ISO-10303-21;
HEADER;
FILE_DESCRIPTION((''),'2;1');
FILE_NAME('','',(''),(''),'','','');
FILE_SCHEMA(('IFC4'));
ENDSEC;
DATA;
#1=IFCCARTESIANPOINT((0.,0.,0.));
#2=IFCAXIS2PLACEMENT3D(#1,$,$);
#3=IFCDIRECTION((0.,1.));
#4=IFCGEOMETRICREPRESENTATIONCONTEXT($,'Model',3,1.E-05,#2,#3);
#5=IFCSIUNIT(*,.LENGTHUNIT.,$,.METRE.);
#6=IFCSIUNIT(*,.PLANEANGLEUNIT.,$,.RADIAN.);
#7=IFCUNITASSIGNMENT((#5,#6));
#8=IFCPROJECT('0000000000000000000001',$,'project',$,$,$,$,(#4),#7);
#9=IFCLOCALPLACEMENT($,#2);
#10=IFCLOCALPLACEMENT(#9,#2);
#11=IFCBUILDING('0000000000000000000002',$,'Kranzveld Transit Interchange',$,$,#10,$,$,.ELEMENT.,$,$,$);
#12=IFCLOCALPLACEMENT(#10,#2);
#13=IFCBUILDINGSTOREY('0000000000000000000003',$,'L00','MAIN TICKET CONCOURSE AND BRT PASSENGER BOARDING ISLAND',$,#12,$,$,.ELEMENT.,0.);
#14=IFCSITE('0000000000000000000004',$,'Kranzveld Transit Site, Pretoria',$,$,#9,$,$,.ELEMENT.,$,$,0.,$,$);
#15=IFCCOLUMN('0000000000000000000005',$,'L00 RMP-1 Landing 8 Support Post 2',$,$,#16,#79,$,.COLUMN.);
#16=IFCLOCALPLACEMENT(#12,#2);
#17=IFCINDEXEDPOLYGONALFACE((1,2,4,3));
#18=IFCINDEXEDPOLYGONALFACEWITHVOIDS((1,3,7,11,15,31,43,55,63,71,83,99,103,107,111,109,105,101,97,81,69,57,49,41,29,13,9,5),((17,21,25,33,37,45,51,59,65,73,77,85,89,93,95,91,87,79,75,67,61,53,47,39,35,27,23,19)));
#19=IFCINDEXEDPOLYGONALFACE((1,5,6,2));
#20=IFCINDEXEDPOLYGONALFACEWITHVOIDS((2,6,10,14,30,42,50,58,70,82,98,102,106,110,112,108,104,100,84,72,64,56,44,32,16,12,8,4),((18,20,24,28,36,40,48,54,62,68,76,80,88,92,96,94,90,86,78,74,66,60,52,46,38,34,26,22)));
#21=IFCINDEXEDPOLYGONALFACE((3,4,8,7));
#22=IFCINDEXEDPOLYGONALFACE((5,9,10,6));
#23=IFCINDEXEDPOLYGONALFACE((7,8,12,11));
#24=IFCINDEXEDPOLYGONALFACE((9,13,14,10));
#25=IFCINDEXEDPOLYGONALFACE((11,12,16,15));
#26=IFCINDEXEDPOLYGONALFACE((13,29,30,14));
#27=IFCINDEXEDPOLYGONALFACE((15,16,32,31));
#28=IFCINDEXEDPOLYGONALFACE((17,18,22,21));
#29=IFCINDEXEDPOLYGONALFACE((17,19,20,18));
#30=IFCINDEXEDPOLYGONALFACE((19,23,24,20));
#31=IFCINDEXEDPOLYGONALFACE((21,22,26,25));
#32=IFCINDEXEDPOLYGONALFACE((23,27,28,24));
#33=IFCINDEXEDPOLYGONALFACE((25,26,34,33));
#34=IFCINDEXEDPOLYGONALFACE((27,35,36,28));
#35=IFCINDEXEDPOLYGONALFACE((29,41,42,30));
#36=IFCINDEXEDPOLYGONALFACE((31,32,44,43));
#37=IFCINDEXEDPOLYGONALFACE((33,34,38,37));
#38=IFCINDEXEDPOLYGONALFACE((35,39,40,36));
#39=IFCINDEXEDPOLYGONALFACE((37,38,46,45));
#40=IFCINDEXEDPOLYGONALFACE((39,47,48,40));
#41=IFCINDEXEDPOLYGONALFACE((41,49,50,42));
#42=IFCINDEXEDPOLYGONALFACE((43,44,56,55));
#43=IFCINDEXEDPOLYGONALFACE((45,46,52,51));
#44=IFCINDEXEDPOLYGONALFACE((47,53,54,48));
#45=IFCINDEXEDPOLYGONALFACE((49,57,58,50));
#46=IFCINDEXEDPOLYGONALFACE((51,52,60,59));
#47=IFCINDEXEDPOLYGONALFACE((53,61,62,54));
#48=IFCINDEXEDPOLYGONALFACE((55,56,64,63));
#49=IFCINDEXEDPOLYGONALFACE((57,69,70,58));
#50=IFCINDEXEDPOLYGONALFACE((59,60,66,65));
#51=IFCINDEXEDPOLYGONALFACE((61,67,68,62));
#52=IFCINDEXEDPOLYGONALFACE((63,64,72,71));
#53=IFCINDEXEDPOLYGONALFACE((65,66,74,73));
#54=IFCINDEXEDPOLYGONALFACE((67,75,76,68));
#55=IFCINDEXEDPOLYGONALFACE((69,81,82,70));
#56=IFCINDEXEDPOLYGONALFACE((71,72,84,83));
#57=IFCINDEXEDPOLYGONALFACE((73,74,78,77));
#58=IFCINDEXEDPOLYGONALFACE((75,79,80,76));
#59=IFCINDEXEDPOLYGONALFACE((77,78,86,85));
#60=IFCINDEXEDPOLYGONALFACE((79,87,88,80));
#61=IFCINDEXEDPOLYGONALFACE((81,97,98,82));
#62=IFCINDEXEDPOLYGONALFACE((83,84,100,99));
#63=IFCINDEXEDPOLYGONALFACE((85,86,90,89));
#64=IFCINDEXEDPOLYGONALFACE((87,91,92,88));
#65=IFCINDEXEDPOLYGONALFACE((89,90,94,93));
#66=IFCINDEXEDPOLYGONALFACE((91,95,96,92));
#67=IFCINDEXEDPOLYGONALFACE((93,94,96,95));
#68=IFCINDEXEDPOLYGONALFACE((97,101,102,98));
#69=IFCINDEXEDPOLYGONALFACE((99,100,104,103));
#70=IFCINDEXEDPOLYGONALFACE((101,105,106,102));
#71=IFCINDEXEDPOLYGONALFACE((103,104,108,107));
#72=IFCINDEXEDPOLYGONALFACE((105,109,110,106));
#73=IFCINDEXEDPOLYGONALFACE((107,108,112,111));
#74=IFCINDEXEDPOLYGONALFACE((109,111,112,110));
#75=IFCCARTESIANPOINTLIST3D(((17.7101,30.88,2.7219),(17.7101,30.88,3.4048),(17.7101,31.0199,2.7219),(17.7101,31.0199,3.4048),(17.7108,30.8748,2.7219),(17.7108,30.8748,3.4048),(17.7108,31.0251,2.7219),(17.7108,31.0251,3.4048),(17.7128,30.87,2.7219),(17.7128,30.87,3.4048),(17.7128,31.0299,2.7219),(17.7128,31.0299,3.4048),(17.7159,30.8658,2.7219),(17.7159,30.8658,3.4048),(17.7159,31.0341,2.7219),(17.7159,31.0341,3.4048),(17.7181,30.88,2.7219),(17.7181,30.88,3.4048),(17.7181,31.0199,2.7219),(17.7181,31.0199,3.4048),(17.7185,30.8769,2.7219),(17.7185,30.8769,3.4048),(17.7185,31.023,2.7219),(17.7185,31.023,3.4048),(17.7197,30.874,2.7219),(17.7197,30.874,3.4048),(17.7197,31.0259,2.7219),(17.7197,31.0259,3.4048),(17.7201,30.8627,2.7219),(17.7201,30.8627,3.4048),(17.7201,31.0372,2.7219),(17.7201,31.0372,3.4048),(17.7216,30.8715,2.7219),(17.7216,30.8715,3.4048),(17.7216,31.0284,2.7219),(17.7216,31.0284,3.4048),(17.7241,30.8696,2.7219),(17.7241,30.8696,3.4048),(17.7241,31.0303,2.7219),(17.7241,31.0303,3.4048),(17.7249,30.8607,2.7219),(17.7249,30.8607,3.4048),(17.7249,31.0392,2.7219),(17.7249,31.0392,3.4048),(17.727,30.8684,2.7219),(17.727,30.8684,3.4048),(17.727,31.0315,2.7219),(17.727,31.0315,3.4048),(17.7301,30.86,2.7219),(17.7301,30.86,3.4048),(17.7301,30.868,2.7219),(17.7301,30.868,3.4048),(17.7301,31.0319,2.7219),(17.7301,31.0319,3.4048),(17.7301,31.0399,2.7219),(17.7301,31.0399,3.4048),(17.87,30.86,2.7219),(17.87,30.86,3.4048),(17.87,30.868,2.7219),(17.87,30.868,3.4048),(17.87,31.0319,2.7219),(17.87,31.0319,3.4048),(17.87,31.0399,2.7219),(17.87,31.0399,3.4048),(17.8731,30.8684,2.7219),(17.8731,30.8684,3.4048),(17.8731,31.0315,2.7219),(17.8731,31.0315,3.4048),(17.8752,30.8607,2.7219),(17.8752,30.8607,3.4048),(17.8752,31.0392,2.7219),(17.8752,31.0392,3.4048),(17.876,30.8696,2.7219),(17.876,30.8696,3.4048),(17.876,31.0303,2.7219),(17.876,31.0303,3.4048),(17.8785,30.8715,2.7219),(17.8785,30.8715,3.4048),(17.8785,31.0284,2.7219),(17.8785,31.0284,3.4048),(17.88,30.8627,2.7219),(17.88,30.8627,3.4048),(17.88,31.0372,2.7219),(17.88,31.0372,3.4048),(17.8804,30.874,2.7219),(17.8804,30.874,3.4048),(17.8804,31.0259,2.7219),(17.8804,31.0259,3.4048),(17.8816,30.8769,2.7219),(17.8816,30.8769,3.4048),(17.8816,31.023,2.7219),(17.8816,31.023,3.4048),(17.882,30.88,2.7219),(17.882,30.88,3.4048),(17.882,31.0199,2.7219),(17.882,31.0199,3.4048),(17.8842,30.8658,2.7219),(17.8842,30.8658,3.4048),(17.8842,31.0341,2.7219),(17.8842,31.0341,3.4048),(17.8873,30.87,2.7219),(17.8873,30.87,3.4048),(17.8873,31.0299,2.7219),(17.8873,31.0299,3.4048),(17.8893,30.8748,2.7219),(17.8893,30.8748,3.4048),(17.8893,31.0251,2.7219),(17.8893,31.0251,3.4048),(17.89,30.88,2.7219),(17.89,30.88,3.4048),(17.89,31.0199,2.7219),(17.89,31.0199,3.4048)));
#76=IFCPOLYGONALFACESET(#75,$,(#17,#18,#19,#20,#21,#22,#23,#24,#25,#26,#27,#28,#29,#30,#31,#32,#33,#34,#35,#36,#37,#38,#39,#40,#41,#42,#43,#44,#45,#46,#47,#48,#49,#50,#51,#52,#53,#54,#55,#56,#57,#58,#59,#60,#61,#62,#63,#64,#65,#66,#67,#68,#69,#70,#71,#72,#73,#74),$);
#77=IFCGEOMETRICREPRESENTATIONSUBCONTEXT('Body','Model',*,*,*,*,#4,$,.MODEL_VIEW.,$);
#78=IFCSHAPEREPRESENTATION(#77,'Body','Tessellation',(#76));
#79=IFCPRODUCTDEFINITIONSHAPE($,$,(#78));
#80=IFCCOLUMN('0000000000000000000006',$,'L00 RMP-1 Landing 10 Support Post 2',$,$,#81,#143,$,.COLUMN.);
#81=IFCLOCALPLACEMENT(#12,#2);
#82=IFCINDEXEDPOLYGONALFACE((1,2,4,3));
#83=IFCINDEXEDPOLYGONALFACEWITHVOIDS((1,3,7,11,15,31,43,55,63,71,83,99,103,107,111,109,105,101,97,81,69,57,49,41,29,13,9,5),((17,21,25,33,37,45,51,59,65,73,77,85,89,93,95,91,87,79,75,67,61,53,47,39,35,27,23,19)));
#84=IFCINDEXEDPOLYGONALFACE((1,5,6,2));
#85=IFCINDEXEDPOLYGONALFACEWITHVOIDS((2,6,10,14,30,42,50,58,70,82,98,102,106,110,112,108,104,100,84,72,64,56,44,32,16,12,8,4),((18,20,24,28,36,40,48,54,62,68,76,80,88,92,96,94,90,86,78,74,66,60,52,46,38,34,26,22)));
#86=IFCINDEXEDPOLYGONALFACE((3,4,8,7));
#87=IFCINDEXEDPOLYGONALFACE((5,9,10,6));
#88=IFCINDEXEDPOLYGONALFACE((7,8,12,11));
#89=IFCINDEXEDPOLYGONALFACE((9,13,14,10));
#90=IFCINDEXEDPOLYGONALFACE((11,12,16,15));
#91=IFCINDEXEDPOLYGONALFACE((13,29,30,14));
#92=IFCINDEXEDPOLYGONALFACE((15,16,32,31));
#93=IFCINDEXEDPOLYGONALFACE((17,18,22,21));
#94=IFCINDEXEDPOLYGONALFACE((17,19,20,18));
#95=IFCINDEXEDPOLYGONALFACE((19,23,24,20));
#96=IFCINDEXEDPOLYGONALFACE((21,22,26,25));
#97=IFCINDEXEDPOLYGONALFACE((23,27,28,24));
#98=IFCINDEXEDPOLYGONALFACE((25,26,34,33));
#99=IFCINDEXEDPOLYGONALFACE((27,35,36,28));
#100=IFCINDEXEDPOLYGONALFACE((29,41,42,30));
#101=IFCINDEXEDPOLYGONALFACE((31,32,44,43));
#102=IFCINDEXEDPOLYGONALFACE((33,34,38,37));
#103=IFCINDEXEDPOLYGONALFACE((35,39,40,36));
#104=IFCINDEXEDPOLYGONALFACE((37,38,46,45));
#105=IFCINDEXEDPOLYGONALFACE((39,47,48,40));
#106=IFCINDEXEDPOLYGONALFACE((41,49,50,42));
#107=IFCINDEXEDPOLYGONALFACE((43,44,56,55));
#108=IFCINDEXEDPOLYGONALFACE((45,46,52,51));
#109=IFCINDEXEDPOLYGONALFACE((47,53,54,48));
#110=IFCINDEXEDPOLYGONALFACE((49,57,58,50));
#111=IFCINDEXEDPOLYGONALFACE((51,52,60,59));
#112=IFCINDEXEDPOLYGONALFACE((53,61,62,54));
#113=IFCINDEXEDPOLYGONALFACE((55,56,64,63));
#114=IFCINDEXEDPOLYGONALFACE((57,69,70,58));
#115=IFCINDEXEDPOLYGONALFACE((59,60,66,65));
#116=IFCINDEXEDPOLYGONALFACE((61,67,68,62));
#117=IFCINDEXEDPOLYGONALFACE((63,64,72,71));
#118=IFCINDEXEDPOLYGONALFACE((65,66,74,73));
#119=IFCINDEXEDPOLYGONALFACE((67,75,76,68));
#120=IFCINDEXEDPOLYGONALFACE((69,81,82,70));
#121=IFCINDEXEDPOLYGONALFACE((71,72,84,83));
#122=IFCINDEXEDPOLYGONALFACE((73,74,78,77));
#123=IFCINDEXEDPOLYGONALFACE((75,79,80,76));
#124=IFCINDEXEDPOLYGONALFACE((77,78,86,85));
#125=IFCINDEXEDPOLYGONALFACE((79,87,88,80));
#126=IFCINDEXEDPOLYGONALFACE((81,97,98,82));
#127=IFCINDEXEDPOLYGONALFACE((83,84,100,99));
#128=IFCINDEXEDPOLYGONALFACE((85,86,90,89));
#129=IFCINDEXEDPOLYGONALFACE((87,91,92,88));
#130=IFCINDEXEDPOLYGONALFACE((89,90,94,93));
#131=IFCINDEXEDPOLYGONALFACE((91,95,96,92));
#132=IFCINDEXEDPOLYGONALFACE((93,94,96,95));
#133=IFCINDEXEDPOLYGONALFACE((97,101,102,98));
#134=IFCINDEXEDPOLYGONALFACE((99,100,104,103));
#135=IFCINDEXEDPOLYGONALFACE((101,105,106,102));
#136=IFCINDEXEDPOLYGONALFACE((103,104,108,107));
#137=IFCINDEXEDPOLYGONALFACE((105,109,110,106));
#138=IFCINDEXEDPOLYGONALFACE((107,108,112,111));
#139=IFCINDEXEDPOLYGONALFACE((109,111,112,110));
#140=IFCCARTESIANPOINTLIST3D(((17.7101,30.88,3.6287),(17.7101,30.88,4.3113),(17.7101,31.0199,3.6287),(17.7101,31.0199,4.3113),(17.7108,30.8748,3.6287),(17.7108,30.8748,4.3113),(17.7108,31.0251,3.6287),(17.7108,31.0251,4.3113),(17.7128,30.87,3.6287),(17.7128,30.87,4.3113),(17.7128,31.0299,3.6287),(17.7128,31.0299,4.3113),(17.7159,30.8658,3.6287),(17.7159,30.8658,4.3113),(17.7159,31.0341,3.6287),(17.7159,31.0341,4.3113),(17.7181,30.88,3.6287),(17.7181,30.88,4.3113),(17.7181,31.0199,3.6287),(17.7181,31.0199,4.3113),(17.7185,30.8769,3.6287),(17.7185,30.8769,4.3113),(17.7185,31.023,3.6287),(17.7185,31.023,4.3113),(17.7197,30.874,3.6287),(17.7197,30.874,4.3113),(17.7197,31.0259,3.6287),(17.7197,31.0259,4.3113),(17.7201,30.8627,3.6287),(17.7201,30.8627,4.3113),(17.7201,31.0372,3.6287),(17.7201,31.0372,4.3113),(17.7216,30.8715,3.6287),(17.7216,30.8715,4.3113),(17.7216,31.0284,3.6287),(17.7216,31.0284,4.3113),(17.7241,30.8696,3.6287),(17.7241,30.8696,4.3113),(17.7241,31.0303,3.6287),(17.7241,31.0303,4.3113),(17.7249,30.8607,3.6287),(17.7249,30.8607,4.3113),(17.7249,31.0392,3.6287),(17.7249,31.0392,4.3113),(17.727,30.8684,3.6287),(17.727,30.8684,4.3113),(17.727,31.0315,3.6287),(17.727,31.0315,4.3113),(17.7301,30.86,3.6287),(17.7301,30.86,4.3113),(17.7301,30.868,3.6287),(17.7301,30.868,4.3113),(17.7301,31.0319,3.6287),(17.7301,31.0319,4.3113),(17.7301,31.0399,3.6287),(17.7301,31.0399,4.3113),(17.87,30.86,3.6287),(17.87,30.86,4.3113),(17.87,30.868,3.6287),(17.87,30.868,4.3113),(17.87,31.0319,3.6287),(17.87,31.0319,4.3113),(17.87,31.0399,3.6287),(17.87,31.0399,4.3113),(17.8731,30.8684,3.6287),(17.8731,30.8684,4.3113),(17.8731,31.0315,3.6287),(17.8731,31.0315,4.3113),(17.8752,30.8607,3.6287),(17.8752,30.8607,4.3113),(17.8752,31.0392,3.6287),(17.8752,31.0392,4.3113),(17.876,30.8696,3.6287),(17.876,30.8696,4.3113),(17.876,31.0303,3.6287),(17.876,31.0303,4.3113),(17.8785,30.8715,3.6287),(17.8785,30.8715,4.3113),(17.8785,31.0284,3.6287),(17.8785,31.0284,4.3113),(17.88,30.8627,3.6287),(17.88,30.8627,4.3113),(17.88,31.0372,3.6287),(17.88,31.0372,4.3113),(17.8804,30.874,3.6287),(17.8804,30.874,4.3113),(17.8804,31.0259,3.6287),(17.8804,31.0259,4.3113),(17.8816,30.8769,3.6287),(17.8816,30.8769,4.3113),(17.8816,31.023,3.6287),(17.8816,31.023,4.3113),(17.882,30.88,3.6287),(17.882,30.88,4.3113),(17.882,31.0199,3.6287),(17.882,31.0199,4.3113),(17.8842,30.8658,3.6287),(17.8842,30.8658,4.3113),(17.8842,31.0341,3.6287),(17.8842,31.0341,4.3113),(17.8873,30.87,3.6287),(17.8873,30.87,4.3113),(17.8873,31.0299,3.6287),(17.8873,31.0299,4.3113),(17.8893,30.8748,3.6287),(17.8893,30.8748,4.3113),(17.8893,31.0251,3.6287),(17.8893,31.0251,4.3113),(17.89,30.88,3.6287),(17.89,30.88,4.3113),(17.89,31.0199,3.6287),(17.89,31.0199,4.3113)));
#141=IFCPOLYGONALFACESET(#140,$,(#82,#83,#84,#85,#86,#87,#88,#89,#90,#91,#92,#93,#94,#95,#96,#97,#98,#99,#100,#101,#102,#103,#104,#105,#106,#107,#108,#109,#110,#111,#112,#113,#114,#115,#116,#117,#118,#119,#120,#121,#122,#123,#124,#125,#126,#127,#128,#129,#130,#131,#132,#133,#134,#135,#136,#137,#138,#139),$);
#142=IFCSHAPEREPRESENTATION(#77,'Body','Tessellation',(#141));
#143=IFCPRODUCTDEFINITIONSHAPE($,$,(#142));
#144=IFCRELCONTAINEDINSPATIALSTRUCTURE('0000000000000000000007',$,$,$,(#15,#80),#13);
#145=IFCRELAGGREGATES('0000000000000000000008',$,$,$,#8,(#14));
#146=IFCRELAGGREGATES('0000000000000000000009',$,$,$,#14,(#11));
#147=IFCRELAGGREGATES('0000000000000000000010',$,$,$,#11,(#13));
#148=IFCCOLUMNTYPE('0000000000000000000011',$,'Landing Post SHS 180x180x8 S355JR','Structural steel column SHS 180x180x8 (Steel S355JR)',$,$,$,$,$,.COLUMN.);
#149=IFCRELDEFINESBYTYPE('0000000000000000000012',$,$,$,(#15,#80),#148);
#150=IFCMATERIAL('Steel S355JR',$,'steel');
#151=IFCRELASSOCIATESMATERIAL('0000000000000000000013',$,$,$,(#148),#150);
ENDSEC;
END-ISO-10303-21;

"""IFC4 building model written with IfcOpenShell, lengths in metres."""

from ifc_helpers import new_model, si_unit, direction, frame, origin, origin_2d, place, context, subcontext, project, spatial, hollow_rectangle, extrude, material, material_profile, profile_set, type_object, element, save


model = new_model("IFC4")

# Units and contexts
model_context = context("Model", 3, precision=1e-05, world=origin(), true_north=direction((0.0, 1.0)))
body_context = subcontext(model_context, "Body", "Model", "MODEL_VIEW")
ifc_project = project(units=[si_unit("LENGTHUNIT", "METRE"), si_unit("PLANEANGLEUNIT", "RADIAN")], contexts=[model_context])

# Site, building, storey
site_placement = place(None, origin())
site = spatial("IfcSite", under=ifc_project, at=site_placement, Name="Kranzveld Transit Site, Pretoria", CompositionType="ELEMENT", RefElevation=0.0)
building_placement = place(site_placement, origin())
building = spatial("IfcBuilding", under=site, at=building_placement, Name="Kranzveld Transit Interchange", CompositionType="ELEMENT")
storey_placement = place(building_placement, origin())
storey = spatial("IfcBuildingStorey", under=building, at=storey_placement, Name="L00", Description="MAIN TICKET CONCOURSE AND BRT PASSENGER BOARDING ISLAND", CompositionType="ELEMENT", Elevation=0.0)

# Columns
ifc_material_1 = material(Name="Steel S355JR", Category="steel")
ifc_material_profile_1 = material_profile(ifc_material_1, hollow_rectangle(XDim=0.1799, YDim=0.1799, WallThickness=0.0081, InnerFilletRadius=0.012, OuterFilletRadius=0.02, at=origin_2d()), Name="SHS 180x180x8")
ifc_profile_set_1 = profile_set([ifc_material_profile_1], Name="Steel S355JR")
column_type_1 = type_object("IfcColumnType", Name="Landing Post SHS 180x180x8 S355JR", Description="Structural steel column SHS 180x180x8 (Steel S355JR)", PredefinedType="COLUMN", material=ifc_profile_set_1)
column_1_placement = place(storey_placement, frame((17.8, 30.95, 2.7219), z_axis=(0.0, 0.0, 1.0), x_axis=(1.0, 0.0, 0.0)))
element("IfcColumn", 1, at=column_1_placement, inside=storey, type_object=column_type_1, Name="L00 RMP-1 Landing 8 Support Post 2", PredefinedType="COLUMN", context=body_context, shape_type="SweptSolid", body=[
    extrude(hollow_rectangle(XDim=0.1799, YDim=0.1799, WallThickness=0.0081, InnerFilletRadius=0.012, OuterFilletRadius=0.02, at=origin_2d()), origin(), (0.0, 0.0, 1.0), 0.6829),
])
column_2_placement = place(storey_placement, frame((17.8, 30.95, 3.6287), z_axis=(0.0, 0.0, 1.0), x_axis=(1.0, 0.0, 0.0)))
element("IfcColumn", 2, at=column_2_placement, inside=storey, type_object=column_type_1, Name="L00 RMP-1 Landing 10 Support Post 2", PredefinedType="COLUMN", context=body_context, shape_type="SweptSolid", body=[
    extrude(hollow_rectangle(XDim=0.1799, YDim=0.1799, WallThickness=0.0081, InnerFilletRadius=0.012, OuterFilletRadius=0.02, at=origin_2d()), origin(), (0.0, 0.0, 1.0), 0.6826),
])

save(model, "model.ifc")
